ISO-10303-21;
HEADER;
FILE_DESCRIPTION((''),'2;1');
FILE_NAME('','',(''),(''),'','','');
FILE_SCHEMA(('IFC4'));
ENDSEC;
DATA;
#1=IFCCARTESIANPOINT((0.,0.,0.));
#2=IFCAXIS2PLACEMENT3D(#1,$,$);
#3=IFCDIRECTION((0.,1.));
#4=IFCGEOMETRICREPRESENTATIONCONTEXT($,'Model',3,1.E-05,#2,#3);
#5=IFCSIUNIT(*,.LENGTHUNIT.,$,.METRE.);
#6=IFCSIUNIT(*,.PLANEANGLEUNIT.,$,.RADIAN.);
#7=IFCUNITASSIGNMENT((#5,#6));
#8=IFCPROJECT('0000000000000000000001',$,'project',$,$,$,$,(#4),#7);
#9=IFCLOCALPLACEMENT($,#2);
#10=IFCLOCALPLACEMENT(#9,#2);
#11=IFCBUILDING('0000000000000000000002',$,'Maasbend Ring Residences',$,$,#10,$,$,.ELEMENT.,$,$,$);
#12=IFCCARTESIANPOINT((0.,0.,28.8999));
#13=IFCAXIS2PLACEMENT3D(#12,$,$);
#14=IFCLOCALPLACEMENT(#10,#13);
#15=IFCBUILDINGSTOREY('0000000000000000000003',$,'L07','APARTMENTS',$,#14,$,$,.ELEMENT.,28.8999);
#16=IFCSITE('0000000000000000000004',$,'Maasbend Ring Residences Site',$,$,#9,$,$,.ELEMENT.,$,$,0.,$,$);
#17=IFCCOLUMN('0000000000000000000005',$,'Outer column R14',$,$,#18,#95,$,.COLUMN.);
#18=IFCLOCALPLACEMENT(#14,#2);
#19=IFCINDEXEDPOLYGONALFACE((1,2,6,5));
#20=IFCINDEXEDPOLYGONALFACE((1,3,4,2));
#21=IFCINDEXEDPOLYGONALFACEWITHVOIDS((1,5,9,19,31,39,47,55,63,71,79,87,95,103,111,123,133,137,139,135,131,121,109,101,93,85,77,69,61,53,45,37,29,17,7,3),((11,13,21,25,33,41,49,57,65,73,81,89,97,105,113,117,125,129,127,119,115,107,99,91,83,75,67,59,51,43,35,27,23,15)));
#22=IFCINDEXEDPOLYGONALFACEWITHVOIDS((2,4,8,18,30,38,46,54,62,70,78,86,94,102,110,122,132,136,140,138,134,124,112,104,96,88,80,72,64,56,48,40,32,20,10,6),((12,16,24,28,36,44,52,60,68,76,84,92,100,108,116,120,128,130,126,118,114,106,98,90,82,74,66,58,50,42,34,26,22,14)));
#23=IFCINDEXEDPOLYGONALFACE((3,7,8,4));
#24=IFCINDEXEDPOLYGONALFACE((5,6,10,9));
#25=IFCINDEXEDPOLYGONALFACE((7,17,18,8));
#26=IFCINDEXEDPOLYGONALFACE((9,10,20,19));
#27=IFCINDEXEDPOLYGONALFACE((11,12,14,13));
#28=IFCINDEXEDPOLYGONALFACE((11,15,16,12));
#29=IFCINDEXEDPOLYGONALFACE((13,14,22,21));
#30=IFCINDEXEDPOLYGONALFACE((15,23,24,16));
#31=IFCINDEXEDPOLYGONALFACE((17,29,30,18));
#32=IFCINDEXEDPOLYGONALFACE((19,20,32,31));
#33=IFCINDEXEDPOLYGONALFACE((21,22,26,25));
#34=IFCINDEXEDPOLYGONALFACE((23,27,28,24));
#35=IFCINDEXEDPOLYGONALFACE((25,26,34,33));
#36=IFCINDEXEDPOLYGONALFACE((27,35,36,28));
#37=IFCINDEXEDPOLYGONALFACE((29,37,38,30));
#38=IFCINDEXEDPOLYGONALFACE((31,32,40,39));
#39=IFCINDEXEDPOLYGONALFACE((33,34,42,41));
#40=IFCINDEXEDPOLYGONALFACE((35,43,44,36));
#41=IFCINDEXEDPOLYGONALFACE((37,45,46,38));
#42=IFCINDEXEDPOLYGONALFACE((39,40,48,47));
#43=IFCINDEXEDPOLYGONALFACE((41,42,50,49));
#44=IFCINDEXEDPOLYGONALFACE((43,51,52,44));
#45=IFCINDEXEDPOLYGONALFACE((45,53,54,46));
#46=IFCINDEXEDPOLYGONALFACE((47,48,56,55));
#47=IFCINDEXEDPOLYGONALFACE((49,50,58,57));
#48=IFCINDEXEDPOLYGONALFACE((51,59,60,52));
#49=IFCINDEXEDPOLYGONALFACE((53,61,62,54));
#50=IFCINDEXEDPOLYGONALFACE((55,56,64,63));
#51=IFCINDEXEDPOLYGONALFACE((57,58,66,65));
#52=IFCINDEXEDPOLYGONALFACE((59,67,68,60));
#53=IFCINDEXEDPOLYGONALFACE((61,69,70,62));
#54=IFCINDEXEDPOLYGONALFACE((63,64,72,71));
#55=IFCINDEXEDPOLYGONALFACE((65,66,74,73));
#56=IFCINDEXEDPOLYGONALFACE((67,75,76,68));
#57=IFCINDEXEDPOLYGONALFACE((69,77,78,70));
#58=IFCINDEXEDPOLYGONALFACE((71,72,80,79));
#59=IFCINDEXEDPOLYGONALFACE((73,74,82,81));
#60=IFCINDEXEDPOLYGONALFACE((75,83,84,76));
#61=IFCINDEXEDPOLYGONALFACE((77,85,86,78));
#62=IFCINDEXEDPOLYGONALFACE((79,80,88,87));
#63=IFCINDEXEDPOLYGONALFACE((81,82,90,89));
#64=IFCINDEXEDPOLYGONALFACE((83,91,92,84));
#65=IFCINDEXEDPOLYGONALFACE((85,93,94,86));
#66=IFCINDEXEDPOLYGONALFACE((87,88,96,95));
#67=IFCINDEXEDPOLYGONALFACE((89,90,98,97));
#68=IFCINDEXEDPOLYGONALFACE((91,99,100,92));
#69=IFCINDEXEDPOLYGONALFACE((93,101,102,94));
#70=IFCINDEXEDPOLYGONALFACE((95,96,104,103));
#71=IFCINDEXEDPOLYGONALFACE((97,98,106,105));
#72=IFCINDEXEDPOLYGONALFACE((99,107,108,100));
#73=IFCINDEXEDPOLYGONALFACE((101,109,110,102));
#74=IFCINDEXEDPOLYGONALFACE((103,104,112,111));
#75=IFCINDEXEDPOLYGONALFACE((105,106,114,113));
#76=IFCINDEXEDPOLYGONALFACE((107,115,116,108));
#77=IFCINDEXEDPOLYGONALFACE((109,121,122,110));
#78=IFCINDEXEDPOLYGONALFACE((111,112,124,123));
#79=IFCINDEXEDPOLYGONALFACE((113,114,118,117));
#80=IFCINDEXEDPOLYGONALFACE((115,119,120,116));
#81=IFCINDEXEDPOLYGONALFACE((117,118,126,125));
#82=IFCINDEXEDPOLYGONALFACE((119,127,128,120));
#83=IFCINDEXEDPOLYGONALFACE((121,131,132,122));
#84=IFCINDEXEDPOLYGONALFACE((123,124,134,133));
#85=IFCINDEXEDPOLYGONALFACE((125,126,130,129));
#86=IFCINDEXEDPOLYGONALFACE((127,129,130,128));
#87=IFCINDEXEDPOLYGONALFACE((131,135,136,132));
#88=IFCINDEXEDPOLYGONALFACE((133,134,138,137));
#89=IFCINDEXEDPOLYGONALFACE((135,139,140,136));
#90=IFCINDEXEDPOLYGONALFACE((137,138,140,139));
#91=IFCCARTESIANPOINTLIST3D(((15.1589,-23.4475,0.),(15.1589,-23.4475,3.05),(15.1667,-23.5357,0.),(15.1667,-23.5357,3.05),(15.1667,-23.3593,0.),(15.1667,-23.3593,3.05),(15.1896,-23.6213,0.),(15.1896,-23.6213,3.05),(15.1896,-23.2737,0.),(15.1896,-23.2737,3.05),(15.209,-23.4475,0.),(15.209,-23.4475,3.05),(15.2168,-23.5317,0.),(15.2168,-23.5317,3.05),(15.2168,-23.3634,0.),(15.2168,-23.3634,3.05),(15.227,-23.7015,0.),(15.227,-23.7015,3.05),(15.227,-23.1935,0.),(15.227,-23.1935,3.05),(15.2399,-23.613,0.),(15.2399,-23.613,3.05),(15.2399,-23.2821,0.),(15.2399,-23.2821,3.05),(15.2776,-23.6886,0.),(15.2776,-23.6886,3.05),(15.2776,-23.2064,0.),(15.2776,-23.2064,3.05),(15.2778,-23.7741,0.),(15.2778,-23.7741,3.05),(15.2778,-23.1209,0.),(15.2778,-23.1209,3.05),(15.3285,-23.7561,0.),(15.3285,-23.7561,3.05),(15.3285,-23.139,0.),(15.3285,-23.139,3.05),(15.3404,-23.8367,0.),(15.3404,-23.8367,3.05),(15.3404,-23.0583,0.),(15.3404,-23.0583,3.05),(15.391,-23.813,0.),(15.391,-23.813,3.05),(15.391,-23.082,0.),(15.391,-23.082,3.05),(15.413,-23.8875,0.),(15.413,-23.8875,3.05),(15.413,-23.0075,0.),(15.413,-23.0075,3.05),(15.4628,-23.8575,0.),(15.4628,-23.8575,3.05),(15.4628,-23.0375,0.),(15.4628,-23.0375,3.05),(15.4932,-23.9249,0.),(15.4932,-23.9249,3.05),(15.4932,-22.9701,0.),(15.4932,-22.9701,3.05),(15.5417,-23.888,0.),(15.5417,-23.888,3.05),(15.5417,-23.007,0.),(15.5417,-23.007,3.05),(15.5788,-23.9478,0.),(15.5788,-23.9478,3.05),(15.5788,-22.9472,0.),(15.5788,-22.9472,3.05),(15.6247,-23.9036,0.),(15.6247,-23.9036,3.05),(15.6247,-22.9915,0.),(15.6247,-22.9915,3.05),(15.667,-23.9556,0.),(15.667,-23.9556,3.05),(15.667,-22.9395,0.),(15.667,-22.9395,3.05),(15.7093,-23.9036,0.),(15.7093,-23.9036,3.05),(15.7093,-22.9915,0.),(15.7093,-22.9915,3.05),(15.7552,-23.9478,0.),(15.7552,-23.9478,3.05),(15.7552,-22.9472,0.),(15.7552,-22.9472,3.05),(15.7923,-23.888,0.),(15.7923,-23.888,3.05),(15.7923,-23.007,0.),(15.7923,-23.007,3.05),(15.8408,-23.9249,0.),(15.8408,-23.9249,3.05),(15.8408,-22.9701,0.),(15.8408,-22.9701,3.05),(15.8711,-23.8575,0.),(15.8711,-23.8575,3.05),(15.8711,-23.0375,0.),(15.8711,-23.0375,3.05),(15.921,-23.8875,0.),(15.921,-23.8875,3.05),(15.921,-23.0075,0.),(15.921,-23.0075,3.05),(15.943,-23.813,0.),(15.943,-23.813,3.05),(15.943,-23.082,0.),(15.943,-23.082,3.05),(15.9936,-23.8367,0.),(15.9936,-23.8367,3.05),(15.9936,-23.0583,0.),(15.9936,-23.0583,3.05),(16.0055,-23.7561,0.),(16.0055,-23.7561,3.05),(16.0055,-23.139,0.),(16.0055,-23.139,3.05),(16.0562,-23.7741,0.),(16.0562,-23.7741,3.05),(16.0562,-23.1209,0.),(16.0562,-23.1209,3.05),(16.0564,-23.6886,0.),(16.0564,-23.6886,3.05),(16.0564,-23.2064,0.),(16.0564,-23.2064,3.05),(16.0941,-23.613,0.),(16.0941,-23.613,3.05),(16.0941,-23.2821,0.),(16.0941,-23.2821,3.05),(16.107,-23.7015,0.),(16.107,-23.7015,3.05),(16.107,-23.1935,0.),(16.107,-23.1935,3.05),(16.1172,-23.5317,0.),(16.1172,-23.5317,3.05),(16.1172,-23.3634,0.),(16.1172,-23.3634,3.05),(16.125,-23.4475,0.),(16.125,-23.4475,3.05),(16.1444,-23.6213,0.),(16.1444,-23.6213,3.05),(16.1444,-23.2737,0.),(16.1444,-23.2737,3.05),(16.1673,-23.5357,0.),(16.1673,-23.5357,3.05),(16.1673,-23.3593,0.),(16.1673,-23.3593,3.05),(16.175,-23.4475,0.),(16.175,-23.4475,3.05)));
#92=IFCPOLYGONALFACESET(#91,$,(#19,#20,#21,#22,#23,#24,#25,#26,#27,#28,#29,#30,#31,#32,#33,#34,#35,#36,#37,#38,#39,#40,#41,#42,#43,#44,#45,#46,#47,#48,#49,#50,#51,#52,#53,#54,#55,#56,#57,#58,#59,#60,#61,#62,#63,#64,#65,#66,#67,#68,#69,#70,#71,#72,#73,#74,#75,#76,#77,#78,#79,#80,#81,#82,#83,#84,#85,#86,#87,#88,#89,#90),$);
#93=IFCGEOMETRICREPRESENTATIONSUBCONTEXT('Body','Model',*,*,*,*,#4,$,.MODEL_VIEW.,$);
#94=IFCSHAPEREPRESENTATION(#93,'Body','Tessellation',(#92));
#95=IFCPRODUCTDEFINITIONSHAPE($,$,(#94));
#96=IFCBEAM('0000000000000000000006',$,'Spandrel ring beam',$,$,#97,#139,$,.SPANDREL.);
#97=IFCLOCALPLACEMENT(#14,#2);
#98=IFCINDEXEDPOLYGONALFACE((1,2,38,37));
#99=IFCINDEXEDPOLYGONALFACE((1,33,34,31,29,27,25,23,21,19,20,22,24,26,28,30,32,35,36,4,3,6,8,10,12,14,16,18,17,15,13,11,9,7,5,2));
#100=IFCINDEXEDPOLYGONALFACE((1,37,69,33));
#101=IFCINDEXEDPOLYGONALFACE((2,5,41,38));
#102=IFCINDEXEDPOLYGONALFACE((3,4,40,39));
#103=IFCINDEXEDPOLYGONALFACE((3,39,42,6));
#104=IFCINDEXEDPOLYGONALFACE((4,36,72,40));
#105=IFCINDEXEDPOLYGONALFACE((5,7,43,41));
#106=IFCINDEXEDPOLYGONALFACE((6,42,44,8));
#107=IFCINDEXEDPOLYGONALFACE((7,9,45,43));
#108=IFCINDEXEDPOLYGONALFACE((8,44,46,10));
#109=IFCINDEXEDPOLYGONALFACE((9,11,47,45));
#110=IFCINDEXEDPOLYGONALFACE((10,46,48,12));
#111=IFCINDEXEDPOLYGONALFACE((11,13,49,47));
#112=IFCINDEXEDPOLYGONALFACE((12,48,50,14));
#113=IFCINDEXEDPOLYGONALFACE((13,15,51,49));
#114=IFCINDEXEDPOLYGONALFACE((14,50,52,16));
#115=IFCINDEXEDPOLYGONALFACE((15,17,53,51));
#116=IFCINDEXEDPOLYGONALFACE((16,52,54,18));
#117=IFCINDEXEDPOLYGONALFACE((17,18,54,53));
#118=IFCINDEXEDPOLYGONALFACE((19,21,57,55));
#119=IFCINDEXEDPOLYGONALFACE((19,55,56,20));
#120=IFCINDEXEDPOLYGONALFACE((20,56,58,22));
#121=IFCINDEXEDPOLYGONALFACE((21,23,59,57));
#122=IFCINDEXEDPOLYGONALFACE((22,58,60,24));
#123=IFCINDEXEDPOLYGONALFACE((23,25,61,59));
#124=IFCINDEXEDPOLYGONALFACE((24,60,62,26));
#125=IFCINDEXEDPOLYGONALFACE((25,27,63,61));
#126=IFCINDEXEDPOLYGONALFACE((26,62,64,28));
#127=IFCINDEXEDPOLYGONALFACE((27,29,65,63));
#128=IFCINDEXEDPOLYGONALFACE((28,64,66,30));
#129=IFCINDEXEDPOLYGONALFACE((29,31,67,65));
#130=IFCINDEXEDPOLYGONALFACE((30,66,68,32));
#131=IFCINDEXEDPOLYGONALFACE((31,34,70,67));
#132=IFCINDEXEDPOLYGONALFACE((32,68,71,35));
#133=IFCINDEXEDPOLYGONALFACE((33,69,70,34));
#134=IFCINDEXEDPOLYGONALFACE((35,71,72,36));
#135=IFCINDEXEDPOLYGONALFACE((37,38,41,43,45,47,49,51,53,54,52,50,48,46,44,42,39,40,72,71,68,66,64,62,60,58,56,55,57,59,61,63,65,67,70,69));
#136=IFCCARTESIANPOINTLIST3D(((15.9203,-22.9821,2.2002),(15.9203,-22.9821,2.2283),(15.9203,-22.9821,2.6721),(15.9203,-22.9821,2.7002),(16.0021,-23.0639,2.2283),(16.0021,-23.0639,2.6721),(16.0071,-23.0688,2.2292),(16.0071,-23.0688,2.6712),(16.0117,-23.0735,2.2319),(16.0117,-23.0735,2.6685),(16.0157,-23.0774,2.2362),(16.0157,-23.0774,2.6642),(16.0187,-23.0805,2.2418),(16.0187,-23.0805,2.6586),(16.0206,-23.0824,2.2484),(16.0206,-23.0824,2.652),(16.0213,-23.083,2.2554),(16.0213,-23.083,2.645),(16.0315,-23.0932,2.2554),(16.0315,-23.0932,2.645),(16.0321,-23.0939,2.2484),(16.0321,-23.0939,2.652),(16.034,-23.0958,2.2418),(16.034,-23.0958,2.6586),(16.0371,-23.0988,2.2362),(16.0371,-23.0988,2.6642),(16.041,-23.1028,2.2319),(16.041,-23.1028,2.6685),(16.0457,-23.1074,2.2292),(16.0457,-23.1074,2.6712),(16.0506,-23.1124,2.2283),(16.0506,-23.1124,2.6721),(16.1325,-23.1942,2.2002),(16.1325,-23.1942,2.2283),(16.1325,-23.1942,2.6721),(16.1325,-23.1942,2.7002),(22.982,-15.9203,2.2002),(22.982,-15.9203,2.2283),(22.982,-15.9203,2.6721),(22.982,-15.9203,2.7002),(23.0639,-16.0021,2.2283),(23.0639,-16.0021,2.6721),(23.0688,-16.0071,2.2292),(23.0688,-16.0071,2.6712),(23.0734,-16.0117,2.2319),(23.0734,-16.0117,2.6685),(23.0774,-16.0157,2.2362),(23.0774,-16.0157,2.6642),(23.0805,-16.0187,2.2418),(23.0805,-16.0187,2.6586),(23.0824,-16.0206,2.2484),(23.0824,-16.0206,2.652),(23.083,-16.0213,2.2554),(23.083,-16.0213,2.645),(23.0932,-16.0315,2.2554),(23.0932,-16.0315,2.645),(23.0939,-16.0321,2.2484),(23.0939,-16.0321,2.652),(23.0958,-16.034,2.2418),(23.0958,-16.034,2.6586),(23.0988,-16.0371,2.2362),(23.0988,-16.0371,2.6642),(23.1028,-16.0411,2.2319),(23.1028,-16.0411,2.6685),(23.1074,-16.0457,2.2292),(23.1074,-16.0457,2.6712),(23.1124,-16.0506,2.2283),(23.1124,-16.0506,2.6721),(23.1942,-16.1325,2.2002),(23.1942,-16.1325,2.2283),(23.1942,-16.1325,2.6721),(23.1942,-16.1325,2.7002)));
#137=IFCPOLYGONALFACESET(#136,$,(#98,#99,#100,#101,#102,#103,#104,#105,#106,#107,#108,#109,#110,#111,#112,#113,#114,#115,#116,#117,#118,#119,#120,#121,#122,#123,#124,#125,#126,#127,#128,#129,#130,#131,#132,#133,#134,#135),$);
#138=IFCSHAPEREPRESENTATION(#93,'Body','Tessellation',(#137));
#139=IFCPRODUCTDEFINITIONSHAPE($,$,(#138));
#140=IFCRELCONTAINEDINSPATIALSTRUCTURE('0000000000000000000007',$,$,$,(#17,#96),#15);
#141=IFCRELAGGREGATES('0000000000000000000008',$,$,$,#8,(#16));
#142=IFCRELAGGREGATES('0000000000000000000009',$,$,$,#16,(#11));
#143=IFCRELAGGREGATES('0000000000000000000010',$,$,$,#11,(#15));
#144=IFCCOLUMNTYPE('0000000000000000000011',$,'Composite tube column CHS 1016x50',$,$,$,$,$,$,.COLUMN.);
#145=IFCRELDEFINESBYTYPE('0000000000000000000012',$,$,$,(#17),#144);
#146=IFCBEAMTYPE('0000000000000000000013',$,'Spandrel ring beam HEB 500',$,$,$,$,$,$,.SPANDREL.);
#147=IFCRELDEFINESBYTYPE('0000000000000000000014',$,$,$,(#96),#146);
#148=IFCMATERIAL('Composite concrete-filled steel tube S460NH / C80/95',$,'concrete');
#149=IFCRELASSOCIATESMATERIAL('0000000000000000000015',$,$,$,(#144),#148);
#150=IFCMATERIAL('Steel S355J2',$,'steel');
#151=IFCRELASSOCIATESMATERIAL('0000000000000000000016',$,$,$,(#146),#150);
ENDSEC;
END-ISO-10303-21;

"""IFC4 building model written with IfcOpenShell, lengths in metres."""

from ifc_helpers import new_model, si_unit, direction, frame, origin, origin_2d, place, context, subcontext, project, spatial, hollow_circle, i_section, extrude, material, material_profile, profile_set, type_object, element, save


model = new_model("IFC4")

# Units and contexts
model_context = context("Model", 3, precision=1e-05, world=origin(), true_north=direction((0.0, 1.0)))
body_context = subcontext(model_context, "Body", "Model", "MODEL_VIEW")
ifc_project = project(units=[si_unit("LENGTHUNIT", "METRE"), si_unit("PLANEANGLEUNIT", "RADIAN")], contexts=[model_context])

# Site, building, storey
site_placement = place(None, origin())
site = spatial("IfcSite", under=ifc_project, at=site_placement, Name="Maasbend Ring Residences Site", CompositionType="ELEMENT", RefElevation=0.0)
building_placement = place(site_placement, origin())
building = spatial("IfcBuilding", under=site, at=building_placement, Name="Maasbend Ring Residences", CompositionType="ELEMENT")
storey_placement = place(building_placement, frame((0.0, 0.0, 28.8999)))
storey = spatial("IfcBuildingStorey", under=building, at=storey_placement, Name="L07", Description="APARTMENTS", CompositionType="ELEMENT", Elevation=28.8999)

# Column
ifc_material_1 = material(Name="Composite concrete-filled steel tube S460NH / C80/95", Category="concrete")
ifc_material_profile_1 = material_profile(ifc_material_1, hollow_circle(Radius=0.5081, WallThickness=0.05, at=origin_2d()), Name="Composite tube column CHS 1016x50")
ifc_profile_set_1 = profile_set([ifc_material_profile_1], Name="Composite concrete-filled steel tube S460NH / C80/95")
column_type = type_object("IfcColumnType", Name="Composite tube column CHS 1016x50", PredefinedType="COLUMN", material=ifc_profile_set_1)
column_placement = place(storey_placement, frame((15.667, -23.4475, 0.0), z_axis=(0.0, 0.0, 1.0), x_axis=(1.0, 0.0, 0.0)))
element("IfcColumn", 1, at=column_placement, inside=storey, type_object=column_type, Name="Outer column R14", PredefinedType="COLUMN", context=body_context, shape_type="SweptSolid", body=[
    extrude(hollow_circle(Radius=0.5081, WallThickness=0.05, at=origin_2d()), origin(), (0.0, 0.0, 1.0), 3.05),
])

# Beam
ifc_material_2 = material(Name="Steel S355J2", Category="steel")
ifc_material_profile_2 = material_profile(ifc_material_2, i_section(OverallWidth=0.3, OverallDepth=0.5, WebThickness=0.0144, FlangeThickness=0.0281, FilletRadius=0.0271, at=origin_2d()), Name="HEB 500")
ifc_profile_set_2 = profile_set([ifc_material_profile_2], Name="Steel S355J2")
beam_type = type_object("IfcBeamType", Name="Spandrel ring beam HEB 500", PredefinedType="SPANDREL", material=ifc_profile_set_2)
beam_placement = place(storey_placement, frame((16.0264, -23.0881, 2.4502), z_axis=(0.707107, 0.707107, 0.0), x_axis=(-0.707107, 0.707107, 0.0)))
element("IfcBeam", 2, at=beam_placement, inside=storey, type_object=beam_type, Name="Spandrel ring beam", PredefinedType="SPANDREL", context=body_context, shape_type="SweptSolid", body=[
    extrude(i_section(OverallWidth=0.3, OverallDepth=0.5, WebThickness=0.0144, FlangeThickness=0.0281, FilletRadius=0.0271, at=origin_2d()), origin(), (0.0, 0.0, 1.0), 9.9868),
])

save(model, "model.ifc")
